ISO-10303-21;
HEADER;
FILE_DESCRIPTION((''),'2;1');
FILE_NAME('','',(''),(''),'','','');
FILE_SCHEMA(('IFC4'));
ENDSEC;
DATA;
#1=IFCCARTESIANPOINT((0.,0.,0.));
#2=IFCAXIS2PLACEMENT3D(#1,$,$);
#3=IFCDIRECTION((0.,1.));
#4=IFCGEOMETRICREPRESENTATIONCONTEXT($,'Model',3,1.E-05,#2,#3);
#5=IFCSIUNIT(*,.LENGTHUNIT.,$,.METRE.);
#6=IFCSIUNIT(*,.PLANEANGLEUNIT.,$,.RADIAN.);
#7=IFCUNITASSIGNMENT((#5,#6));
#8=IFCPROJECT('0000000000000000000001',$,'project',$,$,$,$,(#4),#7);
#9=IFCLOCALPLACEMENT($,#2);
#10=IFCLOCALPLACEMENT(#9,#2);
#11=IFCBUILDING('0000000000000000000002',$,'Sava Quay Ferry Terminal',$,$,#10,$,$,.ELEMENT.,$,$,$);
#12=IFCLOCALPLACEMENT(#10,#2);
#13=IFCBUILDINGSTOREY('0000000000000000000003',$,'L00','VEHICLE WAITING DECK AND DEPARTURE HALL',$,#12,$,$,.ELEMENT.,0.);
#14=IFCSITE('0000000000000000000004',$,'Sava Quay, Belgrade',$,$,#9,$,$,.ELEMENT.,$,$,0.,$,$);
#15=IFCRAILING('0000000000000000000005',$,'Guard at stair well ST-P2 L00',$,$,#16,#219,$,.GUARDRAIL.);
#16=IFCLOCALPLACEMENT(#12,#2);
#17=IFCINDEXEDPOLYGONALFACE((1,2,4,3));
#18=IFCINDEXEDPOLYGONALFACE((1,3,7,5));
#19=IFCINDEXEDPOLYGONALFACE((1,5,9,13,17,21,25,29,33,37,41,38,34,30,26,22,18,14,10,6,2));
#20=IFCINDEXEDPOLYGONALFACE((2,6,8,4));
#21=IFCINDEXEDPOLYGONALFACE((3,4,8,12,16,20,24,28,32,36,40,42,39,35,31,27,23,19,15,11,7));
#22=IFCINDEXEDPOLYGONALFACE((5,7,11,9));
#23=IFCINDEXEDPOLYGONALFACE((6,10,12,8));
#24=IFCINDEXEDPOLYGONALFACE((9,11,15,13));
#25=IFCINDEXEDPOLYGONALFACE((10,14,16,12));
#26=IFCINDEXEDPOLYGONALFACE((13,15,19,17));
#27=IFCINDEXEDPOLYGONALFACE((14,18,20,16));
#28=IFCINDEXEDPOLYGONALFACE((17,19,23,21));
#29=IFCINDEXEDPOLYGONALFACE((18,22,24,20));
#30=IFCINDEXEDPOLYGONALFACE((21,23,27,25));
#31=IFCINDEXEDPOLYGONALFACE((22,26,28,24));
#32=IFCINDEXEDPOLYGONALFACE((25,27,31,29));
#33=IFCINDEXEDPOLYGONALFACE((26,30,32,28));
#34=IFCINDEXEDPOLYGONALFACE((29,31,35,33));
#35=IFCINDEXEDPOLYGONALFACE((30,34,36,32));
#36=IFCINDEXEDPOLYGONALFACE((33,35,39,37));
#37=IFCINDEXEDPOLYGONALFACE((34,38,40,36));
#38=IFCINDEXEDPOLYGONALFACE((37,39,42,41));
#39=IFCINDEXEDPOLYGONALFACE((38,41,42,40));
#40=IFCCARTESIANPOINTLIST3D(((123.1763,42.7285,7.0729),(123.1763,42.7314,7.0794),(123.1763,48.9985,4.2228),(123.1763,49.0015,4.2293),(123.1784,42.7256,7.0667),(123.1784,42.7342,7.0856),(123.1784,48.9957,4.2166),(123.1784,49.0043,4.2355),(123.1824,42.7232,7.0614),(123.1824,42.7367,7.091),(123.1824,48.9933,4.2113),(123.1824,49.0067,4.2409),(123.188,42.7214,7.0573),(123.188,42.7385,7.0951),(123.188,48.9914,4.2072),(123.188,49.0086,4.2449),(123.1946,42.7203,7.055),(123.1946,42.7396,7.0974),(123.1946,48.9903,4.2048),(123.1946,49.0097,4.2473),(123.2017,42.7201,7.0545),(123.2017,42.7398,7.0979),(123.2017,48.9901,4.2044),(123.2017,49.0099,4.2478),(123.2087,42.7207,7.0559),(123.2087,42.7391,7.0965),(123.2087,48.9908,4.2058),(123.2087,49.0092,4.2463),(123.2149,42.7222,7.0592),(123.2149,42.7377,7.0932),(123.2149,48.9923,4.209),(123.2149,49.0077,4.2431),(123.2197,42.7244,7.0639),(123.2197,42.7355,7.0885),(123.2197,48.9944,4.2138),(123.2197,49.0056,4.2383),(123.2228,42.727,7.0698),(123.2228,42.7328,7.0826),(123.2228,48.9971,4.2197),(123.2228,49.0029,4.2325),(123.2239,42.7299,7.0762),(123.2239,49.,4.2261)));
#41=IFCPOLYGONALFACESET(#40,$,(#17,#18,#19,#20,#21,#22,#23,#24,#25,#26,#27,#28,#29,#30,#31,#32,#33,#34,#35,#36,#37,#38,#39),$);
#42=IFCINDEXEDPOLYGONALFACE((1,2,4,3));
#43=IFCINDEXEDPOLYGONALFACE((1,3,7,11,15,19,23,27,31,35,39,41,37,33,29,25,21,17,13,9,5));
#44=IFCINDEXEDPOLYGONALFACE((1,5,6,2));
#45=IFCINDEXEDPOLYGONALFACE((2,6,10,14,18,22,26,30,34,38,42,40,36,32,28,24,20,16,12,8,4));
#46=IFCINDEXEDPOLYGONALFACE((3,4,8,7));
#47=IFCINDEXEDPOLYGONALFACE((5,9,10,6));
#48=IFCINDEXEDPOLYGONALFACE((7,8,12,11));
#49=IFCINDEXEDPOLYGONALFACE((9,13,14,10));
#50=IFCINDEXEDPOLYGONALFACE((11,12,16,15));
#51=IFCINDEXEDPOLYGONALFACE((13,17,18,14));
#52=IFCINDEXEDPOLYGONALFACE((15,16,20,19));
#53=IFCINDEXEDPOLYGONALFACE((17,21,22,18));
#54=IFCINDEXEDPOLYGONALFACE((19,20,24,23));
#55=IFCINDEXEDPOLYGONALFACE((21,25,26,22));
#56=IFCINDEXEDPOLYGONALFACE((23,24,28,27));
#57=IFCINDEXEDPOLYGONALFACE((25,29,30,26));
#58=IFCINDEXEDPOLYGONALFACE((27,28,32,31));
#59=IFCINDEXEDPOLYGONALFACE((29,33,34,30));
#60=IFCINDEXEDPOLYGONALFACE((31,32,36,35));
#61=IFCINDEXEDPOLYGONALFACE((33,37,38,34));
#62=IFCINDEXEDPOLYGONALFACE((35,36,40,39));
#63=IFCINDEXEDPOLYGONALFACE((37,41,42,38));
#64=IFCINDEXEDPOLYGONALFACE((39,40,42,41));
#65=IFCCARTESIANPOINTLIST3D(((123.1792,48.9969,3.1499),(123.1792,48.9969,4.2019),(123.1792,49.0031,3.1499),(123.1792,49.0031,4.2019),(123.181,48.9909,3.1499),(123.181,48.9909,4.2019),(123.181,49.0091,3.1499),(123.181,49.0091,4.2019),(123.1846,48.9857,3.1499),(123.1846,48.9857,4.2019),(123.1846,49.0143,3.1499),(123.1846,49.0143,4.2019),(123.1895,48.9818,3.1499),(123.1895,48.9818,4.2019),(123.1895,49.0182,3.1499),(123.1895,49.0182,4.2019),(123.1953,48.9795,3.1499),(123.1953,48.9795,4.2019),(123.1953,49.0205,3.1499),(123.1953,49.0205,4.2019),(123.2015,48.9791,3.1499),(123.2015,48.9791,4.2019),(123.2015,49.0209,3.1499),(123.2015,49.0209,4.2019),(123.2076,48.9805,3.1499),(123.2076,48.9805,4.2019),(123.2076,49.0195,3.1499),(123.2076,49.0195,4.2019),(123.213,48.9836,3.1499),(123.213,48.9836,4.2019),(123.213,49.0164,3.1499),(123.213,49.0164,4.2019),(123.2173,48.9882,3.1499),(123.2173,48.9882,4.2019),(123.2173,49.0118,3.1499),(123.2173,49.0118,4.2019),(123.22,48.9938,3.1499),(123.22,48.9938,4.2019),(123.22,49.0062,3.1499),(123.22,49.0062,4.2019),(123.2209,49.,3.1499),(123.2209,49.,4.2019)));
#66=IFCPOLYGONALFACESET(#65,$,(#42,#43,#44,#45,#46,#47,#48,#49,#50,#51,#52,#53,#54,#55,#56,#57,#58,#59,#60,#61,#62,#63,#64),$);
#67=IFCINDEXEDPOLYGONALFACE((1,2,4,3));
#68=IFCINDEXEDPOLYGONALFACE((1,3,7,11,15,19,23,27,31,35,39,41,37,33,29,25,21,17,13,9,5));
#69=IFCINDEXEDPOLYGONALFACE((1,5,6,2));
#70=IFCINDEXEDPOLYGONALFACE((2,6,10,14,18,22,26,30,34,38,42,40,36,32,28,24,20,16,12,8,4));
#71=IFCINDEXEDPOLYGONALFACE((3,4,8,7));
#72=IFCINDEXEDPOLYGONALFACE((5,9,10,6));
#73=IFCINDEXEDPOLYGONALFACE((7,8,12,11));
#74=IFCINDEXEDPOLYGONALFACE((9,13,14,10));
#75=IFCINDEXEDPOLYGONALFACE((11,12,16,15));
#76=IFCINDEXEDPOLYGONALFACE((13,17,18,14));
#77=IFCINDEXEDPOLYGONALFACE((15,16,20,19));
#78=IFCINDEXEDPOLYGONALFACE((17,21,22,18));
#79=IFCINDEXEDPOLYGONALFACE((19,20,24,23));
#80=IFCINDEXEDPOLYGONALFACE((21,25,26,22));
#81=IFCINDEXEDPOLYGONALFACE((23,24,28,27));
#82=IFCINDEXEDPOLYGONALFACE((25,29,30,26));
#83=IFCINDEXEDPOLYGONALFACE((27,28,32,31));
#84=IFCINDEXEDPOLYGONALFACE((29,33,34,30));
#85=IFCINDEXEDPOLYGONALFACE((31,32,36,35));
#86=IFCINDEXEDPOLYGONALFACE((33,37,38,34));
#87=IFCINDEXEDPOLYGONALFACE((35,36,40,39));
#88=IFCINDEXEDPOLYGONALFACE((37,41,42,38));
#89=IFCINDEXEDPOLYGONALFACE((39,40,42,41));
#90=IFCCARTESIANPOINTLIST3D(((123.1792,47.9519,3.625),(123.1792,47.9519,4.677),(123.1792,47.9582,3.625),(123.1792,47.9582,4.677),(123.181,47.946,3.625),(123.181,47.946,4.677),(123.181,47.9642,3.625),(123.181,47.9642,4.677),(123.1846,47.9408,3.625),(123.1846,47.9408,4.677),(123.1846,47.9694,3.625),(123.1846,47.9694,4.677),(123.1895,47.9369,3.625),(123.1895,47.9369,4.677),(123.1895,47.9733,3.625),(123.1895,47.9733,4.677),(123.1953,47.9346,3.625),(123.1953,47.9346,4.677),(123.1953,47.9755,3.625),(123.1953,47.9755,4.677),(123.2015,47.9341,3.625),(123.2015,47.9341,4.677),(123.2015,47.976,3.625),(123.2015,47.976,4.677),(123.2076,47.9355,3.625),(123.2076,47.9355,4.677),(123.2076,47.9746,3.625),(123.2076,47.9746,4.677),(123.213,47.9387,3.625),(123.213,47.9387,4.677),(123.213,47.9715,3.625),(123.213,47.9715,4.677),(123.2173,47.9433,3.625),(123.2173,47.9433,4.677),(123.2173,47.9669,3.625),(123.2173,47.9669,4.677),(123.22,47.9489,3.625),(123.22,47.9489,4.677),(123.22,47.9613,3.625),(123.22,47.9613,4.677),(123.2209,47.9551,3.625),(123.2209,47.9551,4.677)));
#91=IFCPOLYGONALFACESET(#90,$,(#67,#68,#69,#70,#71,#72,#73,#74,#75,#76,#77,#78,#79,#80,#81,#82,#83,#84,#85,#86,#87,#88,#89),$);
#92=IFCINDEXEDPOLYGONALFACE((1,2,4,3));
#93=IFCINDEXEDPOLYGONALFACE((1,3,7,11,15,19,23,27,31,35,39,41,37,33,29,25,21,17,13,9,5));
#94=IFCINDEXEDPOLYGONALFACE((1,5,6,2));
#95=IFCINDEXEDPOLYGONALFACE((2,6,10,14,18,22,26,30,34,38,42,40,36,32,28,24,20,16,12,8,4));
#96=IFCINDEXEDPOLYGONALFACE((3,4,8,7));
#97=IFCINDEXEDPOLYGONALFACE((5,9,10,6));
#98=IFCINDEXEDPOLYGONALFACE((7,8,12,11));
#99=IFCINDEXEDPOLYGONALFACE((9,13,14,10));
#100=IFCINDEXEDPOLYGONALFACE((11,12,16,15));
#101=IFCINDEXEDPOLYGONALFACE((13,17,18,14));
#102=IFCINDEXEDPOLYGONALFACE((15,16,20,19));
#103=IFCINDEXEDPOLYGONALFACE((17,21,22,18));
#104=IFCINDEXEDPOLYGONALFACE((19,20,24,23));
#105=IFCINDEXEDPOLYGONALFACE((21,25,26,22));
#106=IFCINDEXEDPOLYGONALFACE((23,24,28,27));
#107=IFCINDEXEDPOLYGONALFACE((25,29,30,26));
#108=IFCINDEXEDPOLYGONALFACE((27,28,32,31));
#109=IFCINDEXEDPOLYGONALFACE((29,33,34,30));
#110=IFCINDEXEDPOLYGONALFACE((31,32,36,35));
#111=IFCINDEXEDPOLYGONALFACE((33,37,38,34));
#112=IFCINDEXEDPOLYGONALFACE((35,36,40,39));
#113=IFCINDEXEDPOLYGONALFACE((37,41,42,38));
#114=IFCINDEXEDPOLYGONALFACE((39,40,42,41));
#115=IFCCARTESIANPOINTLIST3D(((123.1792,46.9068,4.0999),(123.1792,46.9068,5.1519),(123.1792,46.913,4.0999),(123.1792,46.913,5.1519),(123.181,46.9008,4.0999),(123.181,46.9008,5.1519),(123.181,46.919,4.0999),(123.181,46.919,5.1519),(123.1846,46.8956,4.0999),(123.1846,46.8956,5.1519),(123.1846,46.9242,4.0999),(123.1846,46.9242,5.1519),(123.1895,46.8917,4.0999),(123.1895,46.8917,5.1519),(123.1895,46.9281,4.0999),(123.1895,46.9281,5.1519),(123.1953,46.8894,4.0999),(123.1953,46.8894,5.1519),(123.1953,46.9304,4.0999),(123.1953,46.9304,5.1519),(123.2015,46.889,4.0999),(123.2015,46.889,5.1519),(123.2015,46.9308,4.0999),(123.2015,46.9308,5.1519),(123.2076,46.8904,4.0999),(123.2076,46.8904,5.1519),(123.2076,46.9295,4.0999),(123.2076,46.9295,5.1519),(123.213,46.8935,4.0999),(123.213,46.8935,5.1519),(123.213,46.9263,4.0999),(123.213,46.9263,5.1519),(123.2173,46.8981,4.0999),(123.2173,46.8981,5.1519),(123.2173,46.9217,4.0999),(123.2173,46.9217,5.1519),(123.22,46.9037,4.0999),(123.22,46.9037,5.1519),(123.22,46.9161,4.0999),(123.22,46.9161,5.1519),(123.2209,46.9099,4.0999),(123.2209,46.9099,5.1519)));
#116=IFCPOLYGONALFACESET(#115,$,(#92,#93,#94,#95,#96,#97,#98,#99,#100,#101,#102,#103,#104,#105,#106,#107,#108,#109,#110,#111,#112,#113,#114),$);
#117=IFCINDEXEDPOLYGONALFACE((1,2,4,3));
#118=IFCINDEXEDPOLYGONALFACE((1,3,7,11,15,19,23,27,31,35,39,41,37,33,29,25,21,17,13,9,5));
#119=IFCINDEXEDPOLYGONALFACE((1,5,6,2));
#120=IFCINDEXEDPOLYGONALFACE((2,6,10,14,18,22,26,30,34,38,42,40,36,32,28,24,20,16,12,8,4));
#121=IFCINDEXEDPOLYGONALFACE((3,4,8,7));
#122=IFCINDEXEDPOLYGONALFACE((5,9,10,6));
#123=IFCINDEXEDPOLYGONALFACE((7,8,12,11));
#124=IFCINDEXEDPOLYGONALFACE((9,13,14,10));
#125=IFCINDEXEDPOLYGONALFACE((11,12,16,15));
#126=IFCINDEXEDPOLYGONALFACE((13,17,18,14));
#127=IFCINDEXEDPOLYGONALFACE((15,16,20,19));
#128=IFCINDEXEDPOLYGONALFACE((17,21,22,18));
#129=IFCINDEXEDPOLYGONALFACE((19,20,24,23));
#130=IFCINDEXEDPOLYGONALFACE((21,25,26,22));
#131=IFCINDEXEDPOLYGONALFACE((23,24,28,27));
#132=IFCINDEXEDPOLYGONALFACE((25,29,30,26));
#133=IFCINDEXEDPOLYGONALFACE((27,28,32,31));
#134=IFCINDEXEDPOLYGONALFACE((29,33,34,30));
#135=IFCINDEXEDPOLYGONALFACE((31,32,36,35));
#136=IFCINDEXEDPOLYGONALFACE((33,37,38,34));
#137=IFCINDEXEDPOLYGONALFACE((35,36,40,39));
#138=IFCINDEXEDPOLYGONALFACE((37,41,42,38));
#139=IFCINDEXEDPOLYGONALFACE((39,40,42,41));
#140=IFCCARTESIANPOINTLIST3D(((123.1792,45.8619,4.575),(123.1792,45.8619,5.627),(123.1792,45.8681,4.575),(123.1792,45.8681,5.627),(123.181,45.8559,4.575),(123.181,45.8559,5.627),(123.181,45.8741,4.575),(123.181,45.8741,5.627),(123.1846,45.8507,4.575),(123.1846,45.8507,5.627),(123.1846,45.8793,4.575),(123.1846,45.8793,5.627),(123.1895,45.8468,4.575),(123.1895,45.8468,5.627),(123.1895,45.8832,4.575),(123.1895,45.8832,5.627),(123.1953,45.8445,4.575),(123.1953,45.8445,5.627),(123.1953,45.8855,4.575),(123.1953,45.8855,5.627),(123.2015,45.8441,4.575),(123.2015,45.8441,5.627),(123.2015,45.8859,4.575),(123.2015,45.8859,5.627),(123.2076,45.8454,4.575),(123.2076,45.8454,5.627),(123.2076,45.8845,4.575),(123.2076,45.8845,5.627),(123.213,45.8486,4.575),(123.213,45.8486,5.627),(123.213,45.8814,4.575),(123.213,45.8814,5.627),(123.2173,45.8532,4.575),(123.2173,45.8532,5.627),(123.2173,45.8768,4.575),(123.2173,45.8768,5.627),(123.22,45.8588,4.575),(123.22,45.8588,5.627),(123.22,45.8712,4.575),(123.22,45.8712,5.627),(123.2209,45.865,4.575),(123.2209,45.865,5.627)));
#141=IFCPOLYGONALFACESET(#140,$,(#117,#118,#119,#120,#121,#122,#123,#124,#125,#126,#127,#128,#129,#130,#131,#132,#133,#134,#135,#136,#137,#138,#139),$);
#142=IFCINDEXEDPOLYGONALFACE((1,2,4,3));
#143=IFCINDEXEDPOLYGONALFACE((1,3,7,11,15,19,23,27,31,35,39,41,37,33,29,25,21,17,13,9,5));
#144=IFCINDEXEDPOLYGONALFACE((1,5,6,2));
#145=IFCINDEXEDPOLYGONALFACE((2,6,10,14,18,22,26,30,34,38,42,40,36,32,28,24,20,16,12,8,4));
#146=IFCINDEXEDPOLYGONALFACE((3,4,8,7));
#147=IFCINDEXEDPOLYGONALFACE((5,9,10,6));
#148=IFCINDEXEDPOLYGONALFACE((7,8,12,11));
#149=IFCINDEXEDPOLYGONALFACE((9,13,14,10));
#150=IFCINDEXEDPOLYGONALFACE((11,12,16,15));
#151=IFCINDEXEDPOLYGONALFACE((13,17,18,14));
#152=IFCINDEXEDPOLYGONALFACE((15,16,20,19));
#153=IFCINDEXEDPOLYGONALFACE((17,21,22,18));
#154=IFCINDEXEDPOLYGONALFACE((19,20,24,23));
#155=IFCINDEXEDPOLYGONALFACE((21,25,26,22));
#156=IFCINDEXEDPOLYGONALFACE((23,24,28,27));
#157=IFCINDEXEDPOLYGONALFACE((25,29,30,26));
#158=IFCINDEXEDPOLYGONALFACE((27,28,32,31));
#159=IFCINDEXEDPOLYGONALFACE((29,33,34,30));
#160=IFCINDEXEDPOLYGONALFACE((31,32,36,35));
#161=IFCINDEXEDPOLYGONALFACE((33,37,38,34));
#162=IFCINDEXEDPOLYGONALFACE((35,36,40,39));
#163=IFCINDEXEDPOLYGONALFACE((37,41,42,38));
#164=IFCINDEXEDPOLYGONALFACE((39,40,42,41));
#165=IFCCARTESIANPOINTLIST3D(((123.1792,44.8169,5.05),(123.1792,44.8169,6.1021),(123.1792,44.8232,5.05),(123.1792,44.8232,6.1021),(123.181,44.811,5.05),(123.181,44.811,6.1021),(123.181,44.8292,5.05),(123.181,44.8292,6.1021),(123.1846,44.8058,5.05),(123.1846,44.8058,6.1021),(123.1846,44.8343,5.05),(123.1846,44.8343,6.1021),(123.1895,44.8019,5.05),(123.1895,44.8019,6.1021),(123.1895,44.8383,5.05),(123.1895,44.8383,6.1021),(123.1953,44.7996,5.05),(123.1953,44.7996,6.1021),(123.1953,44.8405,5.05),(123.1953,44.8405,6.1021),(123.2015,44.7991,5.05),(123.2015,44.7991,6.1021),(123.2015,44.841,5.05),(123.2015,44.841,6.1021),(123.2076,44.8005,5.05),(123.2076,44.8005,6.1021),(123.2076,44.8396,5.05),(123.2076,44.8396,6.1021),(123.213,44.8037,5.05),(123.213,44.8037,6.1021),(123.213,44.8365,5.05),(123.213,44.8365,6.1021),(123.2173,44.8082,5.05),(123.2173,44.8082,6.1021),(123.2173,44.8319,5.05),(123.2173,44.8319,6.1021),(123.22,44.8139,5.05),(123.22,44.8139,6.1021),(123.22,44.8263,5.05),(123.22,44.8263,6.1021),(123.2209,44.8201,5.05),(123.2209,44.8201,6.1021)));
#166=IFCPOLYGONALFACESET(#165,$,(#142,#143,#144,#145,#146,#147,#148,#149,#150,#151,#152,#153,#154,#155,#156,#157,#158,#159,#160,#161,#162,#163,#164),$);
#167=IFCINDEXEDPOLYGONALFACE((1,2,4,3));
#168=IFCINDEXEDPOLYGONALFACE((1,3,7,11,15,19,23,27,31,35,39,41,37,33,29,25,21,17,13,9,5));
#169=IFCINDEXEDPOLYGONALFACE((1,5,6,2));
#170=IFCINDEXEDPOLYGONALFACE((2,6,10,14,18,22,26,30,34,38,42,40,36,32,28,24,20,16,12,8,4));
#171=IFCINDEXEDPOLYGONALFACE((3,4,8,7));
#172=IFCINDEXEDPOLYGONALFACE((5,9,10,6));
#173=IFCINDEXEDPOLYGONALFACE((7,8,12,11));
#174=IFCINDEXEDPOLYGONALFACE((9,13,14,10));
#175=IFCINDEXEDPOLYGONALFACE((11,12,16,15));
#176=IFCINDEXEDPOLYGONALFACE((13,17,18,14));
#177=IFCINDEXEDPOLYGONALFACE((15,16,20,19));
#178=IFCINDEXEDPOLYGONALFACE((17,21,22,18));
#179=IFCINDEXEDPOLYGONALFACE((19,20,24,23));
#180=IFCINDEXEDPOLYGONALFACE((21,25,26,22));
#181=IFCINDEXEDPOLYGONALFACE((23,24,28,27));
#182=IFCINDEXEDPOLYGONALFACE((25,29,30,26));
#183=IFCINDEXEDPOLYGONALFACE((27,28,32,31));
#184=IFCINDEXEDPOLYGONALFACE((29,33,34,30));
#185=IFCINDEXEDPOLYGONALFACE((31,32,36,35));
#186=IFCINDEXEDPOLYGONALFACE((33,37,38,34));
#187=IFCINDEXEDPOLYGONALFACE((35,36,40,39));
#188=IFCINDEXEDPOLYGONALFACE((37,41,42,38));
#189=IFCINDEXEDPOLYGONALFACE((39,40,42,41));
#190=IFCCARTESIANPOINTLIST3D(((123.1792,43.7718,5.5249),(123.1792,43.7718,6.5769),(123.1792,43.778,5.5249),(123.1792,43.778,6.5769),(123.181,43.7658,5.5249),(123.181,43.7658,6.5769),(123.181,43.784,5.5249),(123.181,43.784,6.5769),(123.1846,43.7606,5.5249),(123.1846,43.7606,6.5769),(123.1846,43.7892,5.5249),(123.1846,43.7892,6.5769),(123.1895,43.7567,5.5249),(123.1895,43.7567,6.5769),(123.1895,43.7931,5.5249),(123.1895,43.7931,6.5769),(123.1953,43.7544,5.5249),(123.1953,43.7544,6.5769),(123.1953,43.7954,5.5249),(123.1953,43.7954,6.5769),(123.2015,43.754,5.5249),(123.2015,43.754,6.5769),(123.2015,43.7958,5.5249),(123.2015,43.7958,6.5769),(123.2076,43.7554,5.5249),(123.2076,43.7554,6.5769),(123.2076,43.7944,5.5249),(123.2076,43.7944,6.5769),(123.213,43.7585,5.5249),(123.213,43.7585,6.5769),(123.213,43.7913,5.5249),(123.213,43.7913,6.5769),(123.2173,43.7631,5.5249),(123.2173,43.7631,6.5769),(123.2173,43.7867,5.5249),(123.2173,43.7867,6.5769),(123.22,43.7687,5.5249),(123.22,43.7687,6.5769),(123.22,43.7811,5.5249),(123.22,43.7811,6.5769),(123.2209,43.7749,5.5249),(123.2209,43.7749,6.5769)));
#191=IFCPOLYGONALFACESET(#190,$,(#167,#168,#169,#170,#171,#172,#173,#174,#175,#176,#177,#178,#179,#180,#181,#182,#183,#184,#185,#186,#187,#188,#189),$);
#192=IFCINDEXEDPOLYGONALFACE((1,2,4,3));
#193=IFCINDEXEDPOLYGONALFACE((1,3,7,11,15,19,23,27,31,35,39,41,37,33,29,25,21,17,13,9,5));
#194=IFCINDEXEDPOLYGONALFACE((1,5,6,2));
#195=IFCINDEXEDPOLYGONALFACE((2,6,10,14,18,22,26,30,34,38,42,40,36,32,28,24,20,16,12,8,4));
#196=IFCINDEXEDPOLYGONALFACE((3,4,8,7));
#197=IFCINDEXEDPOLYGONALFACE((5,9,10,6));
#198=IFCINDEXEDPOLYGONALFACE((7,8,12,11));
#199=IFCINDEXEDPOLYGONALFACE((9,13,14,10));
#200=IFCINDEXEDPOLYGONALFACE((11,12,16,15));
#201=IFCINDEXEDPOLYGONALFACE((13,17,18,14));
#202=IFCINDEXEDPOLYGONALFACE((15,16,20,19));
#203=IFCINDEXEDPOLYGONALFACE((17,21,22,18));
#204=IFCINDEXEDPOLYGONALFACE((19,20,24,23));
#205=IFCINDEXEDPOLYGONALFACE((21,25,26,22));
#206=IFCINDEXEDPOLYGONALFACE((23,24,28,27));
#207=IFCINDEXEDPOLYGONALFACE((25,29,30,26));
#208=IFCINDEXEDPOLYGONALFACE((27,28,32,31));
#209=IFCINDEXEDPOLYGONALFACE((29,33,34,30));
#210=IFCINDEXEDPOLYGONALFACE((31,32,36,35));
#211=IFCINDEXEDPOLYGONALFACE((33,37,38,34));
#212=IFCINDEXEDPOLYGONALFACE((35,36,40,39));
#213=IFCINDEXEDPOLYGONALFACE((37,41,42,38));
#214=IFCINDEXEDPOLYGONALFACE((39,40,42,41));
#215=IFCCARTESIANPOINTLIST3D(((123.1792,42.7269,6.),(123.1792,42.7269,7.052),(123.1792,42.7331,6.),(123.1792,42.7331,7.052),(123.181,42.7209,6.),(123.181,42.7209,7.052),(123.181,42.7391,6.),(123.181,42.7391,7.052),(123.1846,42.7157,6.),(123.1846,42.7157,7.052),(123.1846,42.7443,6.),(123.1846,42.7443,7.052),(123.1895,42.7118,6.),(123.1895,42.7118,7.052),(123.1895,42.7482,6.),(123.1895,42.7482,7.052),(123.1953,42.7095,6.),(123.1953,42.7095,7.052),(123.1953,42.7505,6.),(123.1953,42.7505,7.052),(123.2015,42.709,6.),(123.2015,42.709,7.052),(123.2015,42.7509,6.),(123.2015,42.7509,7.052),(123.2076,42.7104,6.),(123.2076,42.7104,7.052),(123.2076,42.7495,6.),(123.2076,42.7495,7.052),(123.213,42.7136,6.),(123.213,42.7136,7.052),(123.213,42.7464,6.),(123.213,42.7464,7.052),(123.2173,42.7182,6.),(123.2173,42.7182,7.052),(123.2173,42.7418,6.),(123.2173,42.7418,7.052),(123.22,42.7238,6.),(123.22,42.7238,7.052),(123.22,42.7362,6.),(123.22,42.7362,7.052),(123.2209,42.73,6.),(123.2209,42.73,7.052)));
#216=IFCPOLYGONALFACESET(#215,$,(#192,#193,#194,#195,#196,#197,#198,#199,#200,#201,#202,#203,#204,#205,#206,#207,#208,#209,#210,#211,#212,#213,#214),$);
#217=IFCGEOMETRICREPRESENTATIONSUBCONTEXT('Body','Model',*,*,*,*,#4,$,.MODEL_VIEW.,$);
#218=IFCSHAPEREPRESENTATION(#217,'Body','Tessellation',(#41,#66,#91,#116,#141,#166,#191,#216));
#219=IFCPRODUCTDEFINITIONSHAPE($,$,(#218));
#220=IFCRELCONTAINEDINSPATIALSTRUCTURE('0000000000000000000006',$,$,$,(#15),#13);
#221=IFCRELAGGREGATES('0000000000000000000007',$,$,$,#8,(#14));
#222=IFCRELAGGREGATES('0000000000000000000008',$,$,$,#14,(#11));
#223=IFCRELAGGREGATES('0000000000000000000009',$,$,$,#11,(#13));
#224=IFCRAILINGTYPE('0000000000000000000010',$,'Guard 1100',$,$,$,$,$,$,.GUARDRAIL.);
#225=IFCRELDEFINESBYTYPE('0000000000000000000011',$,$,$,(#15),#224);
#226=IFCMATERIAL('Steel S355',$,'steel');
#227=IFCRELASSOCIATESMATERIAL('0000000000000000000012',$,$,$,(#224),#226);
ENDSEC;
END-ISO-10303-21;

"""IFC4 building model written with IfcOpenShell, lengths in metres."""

from ifc_helpers import new_model, si_unit, direction, frame, origin, origin_2d, place, context, subcontext, project, spatial, circle, extrude, material, type_object, element, save


model = new_model("IFC4")

# Units and contexts
model_context = context("Model", 3, precision=1e-05, world=origin(), true_north=direction((0.0, 1.0)))
body_context = subcontext(model_context, "Body", "Model", "MODEL_VIEW")
ifc_project = project(units=[si_unit("LENGTHUNIT", "METRE"), si_unit("PLANEANGLEUNIT", "RADIAN")], contexts=[model_context])

# Site, building, storey
site_placement = place(None, origin())
site = spatial("IfcSite", under=ifc_project, at=site_placement, Name="Sava Quay, Belgrade", CompositionType="ELEMENT", RefElevation=0.0)
building_placement = place(site_placement, origin())
building = spatial("IfcBuilding", under=site, at=building_placement, Name="Sava Quay Ferry Terminal", CompositionType="ELEMENT")
storey_placement = place(building_placement, origin())
storey = spatial("IfcBuildingStorey", under=building, at=storey_placement, Name="L00", Description="VEHICLE WAITING DECK AND DEPARTURE HALL", CompositionType="ELEMENT", Elevation=0.0)

# Railing
ifc_material_1 = material(Name="Steel S355", Category="steel")
railing_type_1 = type_object("IfcRailingType", Name="Guard 1100", PredefinedType="GUARDRAIL", material=ifc_material_1)
railing_1_placement = place(storey_placement, frame((123.2, 49.0, 3.1499)))
element("IfcRailing", 1, at=railing_1_placement, inside=storey, type_object=railing_type_1, Name="Guard at stair well ST-P2 L00", PredefinedType="GUARDRAIL", context=body_context, shape_type="SweptSolid", body=[
    extrude(circle(Radius=0.0239, at=origin_2d()), frame((0.0, 0.0, 1.0762), z_axis=(0.0, -0.910362, 0.413814), x_axis=(1.0, 0.0, 0.0)), (0.0, 0.0, 1.0), 6.8875),
    extrude(circle(Radius=0.021, at=origin_2d()), origin(), (0.0, 0.0, 1.0), 1.052),
    extrude(circle(Radius=0.021, at=origin_2d()), frame((0.0, -1.0449, 0.4751)), (0.0, 0.0, 1.0), 1.052),
    extrude(circle(Radius=0.021, at=origin_2d()), frame((0.0, -2.0901, 0.95)), (0.0, 0.0, 1.0), 1.052),
    extrude(circle(Radius=0.021, at=origin_2d()), frame((0.0, -3.135, 1.425)), (0.0, 0.0, 1.0), 1.052),
    extrude(circle(Radius=0.021, at=origin_2d()), frame((0.0, -4.1799, 1.9001)), (0.0, 0.0, 1.0), 1.052),
    extrude(circle(Radius=0.021, at=origin_2d()), frame((0.0, -5.2251, 2.375)), (0.0, 0.0, 1.0), 1.052),
    extrude(circle(Radius=0.021, at=origin_2d()), frame((0.0, -6.27, 2.8501)), (0.0, 0.0, 1.0), 1.052),
])

save(model, "model.ifc")
